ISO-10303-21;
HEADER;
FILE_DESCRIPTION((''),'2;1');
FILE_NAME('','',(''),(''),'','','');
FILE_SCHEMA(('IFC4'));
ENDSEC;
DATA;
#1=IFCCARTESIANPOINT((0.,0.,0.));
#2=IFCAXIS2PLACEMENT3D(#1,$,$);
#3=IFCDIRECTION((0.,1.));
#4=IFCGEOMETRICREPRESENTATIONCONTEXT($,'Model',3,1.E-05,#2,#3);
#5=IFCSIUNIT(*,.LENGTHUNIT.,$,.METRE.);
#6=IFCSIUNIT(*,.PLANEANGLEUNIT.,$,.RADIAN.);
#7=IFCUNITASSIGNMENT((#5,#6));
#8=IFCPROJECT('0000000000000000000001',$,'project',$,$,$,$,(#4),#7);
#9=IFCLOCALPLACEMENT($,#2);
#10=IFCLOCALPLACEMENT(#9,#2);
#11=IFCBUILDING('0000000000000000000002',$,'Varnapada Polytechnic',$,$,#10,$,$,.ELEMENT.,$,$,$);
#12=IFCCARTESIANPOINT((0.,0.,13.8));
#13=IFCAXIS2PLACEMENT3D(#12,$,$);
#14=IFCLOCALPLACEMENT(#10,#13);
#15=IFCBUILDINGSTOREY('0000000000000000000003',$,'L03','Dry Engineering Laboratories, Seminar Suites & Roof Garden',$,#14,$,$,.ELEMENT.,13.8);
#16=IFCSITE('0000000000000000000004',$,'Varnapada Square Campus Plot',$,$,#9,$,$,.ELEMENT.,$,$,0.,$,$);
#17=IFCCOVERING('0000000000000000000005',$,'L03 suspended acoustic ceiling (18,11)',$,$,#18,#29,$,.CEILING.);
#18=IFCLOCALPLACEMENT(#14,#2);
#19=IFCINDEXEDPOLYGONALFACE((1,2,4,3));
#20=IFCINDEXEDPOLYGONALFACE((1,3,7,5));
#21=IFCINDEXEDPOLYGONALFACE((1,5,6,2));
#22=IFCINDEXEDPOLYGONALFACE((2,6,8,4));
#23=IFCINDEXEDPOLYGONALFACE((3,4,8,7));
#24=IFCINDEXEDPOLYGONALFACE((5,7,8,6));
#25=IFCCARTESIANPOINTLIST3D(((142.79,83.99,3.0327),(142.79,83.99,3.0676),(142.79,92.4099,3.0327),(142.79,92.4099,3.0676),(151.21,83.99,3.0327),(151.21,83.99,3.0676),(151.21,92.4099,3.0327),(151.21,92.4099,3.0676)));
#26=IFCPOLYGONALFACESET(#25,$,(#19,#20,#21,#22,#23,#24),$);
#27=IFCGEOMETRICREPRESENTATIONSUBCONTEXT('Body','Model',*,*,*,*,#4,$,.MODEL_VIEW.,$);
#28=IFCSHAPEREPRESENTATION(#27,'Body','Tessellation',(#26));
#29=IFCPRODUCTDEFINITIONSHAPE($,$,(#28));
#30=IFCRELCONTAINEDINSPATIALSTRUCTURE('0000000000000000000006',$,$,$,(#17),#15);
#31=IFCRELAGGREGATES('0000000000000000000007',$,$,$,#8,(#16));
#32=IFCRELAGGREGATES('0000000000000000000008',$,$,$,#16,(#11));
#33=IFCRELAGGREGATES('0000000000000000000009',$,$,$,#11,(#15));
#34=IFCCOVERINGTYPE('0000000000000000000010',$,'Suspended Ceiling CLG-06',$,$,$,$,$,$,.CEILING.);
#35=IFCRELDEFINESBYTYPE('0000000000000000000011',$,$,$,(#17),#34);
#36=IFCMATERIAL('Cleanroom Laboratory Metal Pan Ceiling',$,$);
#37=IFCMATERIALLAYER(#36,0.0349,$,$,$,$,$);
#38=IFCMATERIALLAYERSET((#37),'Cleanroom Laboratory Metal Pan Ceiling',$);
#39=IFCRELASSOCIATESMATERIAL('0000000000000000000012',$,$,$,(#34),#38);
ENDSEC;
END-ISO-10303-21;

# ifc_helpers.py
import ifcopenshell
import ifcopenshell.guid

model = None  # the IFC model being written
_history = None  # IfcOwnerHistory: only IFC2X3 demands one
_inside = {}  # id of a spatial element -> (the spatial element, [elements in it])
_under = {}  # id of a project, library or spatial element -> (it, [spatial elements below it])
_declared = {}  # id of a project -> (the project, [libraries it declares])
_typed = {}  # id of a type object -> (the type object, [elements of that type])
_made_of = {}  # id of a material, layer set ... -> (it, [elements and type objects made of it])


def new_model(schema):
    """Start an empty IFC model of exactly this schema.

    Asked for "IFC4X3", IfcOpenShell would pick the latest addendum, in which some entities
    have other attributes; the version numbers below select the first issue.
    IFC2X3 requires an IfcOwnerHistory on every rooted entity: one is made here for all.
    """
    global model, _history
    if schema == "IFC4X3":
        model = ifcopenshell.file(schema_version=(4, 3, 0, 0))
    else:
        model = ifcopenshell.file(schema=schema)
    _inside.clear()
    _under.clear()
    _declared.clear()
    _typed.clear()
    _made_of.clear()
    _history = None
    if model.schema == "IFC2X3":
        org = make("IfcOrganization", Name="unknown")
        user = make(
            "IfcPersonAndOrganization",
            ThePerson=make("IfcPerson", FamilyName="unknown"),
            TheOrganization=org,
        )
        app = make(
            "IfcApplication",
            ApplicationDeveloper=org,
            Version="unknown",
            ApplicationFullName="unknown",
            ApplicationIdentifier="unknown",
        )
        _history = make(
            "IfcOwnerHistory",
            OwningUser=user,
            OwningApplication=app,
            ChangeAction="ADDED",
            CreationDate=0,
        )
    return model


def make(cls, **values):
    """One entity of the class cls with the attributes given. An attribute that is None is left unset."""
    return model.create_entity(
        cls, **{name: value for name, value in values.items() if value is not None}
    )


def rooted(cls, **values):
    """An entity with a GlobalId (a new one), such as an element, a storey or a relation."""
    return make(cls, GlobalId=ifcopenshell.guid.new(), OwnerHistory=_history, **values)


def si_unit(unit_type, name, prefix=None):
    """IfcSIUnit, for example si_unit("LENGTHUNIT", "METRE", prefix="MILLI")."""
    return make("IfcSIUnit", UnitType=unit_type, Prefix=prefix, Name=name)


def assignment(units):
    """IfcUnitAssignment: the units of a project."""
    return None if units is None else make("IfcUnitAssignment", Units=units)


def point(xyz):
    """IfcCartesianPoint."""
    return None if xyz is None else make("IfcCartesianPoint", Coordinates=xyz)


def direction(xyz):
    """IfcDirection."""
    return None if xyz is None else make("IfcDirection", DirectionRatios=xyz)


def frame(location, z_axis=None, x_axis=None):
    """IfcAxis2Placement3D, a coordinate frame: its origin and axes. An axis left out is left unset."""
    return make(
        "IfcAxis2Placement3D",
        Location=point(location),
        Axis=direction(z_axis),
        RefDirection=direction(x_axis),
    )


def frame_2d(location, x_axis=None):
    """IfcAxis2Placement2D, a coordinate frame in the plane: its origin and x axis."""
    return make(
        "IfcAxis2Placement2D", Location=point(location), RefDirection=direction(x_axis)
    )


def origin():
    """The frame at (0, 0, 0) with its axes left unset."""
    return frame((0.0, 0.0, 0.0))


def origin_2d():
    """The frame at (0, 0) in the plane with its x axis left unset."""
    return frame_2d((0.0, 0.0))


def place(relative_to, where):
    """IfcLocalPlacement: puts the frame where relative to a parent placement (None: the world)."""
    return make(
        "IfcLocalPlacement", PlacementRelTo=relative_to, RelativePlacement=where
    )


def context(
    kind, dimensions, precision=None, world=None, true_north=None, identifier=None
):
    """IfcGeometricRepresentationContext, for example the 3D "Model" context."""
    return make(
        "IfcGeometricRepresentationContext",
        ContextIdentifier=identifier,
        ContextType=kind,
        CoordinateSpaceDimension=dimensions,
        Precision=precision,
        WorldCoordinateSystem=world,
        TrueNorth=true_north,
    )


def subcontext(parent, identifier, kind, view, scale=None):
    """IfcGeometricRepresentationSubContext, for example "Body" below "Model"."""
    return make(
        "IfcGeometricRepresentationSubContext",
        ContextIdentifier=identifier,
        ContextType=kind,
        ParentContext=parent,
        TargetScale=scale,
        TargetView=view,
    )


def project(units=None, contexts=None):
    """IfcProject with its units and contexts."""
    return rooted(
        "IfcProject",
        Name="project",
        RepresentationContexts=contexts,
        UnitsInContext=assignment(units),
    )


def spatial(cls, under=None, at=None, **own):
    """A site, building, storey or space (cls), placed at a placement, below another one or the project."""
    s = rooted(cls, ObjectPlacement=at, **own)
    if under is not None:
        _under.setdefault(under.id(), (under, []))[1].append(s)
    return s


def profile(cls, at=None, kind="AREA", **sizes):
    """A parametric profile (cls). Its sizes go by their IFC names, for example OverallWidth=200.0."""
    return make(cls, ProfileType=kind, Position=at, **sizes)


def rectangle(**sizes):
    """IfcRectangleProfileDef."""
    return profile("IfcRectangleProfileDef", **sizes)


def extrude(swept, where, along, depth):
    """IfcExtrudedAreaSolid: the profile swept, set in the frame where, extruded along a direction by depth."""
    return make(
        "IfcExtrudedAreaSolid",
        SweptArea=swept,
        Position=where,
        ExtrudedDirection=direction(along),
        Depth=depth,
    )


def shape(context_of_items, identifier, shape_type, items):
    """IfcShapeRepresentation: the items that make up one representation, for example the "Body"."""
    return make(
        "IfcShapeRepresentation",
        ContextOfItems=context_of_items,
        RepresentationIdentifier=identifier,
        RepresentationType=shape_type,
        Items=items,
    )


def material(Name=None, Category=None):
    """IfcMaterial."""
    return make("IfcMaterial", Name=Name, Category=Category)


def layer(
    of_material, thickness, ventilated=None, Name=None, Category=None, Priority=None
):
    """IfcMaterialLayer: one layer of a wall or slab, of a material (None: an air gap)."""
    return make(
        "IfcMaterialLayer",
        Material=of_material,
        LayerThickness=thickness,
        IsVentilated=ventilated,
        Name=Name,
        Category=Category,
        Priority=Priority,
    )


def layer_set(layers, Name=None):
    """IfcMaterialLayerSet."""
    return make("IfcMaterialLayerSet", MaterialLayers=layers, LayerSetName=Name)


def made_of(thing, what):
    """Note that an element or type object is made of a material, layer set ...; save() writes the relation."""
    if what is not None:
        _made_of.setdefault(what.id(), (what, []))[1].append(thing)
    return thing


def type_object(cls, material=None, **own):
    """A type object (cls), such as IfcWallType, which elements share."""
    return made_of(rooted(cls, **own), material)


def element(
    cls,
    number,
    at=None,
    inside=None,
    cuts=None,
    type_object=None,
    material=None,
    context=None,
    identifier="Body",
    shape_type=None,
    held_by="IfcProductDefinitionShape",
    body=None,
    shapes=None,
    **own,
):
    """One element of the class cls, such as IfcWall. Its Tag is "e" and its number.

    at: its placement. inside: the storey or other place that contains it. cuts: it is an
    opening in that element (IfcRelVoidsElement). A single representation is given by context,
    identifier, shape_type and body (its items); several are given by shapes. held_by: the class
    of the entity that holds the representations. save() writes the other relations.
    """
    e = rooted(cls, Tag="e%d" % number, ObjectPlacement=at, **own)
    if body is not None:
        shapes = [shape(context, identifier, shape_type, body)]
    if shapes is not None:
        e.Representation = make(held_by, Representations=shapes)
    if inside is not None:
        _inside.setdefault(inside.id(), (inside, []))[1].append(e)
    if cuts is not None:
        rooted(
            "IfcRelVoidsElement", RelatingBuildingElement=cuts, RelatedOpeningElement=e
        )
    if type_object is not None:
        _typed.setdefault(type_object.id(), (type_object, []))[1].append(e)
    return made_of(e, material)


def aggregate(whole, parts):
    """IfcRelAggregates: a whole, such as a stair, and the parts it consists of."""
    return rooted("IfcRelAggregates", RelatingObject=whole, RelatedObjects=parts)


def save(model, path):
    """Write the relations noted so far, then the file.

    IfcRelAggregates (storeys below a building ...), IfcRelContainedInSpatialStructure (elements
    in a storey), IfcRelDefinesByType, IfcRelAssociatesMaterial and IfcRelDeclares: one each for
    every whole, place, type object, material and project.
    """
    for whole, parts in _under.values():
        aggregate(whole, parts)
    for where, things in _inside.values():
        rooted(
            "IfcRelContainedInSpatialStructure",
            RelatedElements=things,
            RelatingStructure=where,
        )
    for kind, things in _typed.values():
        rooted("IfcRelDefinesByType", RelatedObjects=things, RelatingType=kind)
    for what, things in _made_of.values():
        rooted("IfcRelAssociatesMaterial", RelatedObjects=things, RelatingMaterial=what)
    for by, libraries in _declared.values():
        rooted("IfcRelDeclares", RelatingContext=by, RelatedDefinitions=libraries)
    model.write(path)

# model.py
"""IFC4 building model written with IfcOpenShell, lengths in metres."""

from ifc_helpers import new_model, si_unit, direction, frame, origin, origin_2d, place, context, subcontext, project, spatial, rectangle, extrude, material, layer, layer_set, type_object, element, save


model = new_model("IFC4")

# Units and contexts
model_context = context("Model", 3, precision=1e-05, world=origin(), true_north=direction((0.0, 1.0)))
body_context = subcontext(model_context, "Body", "Model", "MODEL_VIEW")
ifc_project = project(units=[si_unit("LENGTHUNIT", "METRE"), si_unit("PLANEANGLEUNIT", "RADIAN")], contexts=[model_context])

# Site, building, storey
site_placement = place(None, origin())
site = spatial("IfcSite", under=ifc_project, at=site_placement, Name="Varnapada Square Campus Plot", CompositionType="ELEMENT", RefElevation=0.0)
building_placement = place(site_placement, origin())
building = spatial("IfcBuilding", under=site, at=building_placement, Name="Varnapada Polytechnic", CompositionType="ELEMENT")
storey_placement = place(building_placement, frame((0.0, 0.0, 13.8)))
storey = spatial("IfcBuildingStorey", under=building, at=storey_placement, Name="L03", Description="Dry Engineering Laboratories, Seminar Suites & Roof Garden", CompositionType="ELEMENT", Elevation=13.8)

# Covering
ifc_material_1 = material(Name="Cleanroom Laboratory Metal Pan Ceiling")
ifc_layer_1 = layer(ifc_material_1, 0.0349)
ifc_layer_set_1 = layer_set([ifc_layer_1], Name="Cleanroom Laboratory Metal Pan Ceiling")
covering_type_1 = type_object("IfcCoveringType", Name="Suspended Ceiling CLG-06", PredefinedType="CEILING", material=ifc_layer_set_1)
covering_1_placement = place(storey_placement, frame((147.0, 88.2, 3.0327), z_axis=(0.0, 0.0, 1.0), x_axis=(1.0, 0.0, 0.0)))
element("IfcCovering", 1, at=covering_1_placement, inside=storey, type_object=covering_type_1, Name="L03 suspended acoustic ceiling (18,11)", PredefinedType="CEILING", context=body_context, shape_type="SweptSolid", body=[
    extrude(rectangle(XDim=8.4199, YDim=8.4199, at=origin_2d()), origin(), (0.0, 0.0, 1.0), 0.0349),
])

save(model, "model.ifc")
